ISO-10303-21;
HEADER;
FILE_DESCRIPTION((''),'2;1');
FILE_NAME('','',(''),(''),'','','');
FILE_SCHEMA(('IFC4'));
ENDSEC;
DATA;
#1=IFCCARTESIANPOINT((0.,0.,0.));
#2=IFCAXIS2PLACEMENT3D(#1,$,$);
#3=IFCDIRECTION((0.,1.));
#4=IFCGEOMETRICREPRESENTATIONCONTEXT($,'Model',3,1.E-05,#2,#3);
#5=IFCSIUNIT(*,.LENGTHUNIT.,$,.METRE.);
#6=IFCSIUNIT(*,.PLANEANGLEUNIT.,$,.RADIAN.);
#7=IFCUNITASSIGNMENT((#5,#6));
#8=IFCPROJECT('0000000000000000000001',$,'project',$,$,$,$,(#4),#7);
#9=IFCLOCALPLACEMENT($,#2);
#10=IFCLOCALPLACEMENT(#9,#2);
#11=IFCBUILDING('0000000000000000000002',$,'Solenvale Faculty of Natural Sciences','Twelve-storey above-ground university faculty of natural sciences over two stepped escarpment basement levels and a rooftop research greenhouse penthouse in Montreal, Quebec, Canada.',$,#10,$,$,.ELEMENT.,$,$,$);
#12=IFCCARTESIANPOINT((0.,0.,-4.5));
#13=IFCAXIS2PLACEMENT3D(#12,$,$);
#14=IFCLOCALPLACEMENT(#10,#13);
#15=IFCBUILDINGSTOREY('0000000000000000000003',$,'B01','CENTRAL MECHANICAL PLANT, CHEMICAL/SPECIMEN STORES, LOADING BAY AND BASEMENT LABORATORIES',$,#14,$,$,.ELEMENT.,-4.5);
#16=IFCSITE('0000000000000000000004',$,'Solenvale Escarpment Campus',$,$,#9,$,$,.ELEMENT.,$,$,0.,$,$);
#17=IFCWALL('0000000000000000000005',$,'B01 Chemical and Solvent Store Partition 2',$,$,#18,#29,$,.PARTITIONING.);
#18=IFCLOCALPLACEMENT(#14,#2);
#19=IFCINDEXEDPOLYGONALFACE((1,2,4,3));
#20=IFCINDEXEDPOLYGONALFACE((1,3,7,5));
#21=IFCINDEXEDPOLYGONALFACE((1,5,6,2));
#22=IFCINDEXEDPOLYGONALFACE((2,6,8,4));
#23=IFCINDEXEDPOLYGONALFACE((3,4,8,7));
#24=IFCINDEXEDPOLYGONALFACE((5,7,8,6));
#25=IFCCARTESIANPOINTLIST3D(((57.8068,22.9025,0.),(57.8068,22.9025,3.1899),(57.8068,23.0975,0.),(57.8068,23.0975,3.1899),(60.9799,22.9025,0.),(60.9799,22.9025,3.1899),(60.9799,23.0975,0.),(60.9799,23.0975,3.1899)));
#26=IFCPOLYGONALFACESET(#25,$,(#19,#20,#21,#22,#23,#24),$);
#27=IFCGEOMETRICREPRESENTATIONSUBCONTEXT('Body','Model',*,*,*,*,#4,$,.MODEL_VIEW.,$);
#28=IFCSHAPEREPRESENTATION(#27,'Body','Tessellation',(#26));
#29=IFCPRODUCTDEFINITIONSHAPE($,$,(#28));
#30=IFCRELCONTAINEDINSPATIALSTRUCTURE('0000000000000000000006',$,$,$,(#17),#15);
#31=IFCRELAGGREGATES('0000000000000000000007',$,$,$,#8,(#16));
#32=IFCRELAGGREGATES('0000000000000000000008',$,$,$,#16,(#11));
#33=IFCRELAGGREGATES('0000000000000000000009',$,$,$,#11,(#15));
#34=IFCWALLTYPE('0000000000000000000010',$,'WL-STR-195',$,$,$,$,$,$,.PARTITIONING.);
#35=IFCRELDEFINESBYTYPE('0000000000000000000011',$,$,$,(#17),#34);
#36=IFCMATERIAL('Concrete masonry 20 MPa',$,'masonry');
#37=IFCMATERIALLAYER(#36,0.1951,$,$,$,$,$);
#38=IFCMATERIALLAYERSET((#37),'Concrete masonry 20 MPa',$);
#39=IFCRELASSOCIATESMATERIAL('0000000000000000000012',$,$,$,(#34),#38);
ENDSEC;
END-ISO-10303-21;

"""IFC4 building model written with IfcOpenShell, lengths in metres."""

from ifc_helpers import new_model, si_unit, direction, frame, frame_2d, origin, place, context, subcontext, project, spatial, rectangle, extrude, material, layer, layer_set, type_object, element, save


model = new_model("IFC4")

# Units and contexts
model_context = context("Model", 3, precision=1e-05, world=origin(), true_north=direction((0.0, 1.0)))
body_context = subcontext(model_context, "Body", "Model", "MODEL_VIEW")
ifc_project = project(units=[si_unit("LENGTHUNIT", "METRE"), si_unit("PLANEANGLEUNIT", "RADIAN")], contexts=[model_context])

# Site, building, storey
site_placement = place(None, origin())
site = spatial("IfcSite", under=ifc_project, at=site_placement, Name="Solenvale Escarpment Campus", CompositionType="ELEMENT", RefElevation=0.0)
building_placement = place(site_placement, origin())
building = spatial("IfcBuilding", under=site, at=building_placement, Name="Solenvale Faculty of Natural Sciences", Description="Twelve-storey above-ground university faculty of natural sciences over two stepped escarpment basement levels and a rooftop research greenhouse penthouse in Montreal, Quebec, Canada.", CompositionType="ELEMENT")
storey_placement = place(building_placement, frame((0.0, 0.0, -4.5)))
storey = spatial("IfcBuildingStorey", under=building, at=storey_placement, Name="B01", Description="CENTRAL MECHANICAL PLANT, CHEMICAL/SPECIMEN STORES, LOADING BAY AND BASEMENT LABORATORIES", CompositionType="ELEMENT", Elevation=-4.5)

# Wall
ifc_material_1 = material(Name="Concrete masonry 20 MPa", Category="masonry")
ifc_layer = layer(ifc_material_1, 0.1951)
ifc_layer_set = layer_set([ifc_layer], Name="Concrete masonry 20 MPa")
wall_type = type_object("IfcWallType", Name="WL-STR-195", PredefinedType="PARTITIONING", material=ifc_layer_set)
wall_1_placement = place(storey_placement, frame((57.8069, 23.0, 0.0), z_axis=(0.0, 0.0, 1.0), x_axis=(1.0, 0.0, 0.0)))
element("IfcWall", 1, at=wall_1_placement, inside=storey, type_object=wall_type, Name="B01 Chemical and Solvent Store Partition 2", PredefinedType="PARTITIONING", context=body_context, shape_type="SweptSolid", body=[
    extrude(rectangle(XDim=3.1731, YDim=0.1951, at=frame_2d((1.5864, 0.0))), origin(), (0.0, 0.0, 1.0), 3.1899),
])

save(model, "model.ifc")
